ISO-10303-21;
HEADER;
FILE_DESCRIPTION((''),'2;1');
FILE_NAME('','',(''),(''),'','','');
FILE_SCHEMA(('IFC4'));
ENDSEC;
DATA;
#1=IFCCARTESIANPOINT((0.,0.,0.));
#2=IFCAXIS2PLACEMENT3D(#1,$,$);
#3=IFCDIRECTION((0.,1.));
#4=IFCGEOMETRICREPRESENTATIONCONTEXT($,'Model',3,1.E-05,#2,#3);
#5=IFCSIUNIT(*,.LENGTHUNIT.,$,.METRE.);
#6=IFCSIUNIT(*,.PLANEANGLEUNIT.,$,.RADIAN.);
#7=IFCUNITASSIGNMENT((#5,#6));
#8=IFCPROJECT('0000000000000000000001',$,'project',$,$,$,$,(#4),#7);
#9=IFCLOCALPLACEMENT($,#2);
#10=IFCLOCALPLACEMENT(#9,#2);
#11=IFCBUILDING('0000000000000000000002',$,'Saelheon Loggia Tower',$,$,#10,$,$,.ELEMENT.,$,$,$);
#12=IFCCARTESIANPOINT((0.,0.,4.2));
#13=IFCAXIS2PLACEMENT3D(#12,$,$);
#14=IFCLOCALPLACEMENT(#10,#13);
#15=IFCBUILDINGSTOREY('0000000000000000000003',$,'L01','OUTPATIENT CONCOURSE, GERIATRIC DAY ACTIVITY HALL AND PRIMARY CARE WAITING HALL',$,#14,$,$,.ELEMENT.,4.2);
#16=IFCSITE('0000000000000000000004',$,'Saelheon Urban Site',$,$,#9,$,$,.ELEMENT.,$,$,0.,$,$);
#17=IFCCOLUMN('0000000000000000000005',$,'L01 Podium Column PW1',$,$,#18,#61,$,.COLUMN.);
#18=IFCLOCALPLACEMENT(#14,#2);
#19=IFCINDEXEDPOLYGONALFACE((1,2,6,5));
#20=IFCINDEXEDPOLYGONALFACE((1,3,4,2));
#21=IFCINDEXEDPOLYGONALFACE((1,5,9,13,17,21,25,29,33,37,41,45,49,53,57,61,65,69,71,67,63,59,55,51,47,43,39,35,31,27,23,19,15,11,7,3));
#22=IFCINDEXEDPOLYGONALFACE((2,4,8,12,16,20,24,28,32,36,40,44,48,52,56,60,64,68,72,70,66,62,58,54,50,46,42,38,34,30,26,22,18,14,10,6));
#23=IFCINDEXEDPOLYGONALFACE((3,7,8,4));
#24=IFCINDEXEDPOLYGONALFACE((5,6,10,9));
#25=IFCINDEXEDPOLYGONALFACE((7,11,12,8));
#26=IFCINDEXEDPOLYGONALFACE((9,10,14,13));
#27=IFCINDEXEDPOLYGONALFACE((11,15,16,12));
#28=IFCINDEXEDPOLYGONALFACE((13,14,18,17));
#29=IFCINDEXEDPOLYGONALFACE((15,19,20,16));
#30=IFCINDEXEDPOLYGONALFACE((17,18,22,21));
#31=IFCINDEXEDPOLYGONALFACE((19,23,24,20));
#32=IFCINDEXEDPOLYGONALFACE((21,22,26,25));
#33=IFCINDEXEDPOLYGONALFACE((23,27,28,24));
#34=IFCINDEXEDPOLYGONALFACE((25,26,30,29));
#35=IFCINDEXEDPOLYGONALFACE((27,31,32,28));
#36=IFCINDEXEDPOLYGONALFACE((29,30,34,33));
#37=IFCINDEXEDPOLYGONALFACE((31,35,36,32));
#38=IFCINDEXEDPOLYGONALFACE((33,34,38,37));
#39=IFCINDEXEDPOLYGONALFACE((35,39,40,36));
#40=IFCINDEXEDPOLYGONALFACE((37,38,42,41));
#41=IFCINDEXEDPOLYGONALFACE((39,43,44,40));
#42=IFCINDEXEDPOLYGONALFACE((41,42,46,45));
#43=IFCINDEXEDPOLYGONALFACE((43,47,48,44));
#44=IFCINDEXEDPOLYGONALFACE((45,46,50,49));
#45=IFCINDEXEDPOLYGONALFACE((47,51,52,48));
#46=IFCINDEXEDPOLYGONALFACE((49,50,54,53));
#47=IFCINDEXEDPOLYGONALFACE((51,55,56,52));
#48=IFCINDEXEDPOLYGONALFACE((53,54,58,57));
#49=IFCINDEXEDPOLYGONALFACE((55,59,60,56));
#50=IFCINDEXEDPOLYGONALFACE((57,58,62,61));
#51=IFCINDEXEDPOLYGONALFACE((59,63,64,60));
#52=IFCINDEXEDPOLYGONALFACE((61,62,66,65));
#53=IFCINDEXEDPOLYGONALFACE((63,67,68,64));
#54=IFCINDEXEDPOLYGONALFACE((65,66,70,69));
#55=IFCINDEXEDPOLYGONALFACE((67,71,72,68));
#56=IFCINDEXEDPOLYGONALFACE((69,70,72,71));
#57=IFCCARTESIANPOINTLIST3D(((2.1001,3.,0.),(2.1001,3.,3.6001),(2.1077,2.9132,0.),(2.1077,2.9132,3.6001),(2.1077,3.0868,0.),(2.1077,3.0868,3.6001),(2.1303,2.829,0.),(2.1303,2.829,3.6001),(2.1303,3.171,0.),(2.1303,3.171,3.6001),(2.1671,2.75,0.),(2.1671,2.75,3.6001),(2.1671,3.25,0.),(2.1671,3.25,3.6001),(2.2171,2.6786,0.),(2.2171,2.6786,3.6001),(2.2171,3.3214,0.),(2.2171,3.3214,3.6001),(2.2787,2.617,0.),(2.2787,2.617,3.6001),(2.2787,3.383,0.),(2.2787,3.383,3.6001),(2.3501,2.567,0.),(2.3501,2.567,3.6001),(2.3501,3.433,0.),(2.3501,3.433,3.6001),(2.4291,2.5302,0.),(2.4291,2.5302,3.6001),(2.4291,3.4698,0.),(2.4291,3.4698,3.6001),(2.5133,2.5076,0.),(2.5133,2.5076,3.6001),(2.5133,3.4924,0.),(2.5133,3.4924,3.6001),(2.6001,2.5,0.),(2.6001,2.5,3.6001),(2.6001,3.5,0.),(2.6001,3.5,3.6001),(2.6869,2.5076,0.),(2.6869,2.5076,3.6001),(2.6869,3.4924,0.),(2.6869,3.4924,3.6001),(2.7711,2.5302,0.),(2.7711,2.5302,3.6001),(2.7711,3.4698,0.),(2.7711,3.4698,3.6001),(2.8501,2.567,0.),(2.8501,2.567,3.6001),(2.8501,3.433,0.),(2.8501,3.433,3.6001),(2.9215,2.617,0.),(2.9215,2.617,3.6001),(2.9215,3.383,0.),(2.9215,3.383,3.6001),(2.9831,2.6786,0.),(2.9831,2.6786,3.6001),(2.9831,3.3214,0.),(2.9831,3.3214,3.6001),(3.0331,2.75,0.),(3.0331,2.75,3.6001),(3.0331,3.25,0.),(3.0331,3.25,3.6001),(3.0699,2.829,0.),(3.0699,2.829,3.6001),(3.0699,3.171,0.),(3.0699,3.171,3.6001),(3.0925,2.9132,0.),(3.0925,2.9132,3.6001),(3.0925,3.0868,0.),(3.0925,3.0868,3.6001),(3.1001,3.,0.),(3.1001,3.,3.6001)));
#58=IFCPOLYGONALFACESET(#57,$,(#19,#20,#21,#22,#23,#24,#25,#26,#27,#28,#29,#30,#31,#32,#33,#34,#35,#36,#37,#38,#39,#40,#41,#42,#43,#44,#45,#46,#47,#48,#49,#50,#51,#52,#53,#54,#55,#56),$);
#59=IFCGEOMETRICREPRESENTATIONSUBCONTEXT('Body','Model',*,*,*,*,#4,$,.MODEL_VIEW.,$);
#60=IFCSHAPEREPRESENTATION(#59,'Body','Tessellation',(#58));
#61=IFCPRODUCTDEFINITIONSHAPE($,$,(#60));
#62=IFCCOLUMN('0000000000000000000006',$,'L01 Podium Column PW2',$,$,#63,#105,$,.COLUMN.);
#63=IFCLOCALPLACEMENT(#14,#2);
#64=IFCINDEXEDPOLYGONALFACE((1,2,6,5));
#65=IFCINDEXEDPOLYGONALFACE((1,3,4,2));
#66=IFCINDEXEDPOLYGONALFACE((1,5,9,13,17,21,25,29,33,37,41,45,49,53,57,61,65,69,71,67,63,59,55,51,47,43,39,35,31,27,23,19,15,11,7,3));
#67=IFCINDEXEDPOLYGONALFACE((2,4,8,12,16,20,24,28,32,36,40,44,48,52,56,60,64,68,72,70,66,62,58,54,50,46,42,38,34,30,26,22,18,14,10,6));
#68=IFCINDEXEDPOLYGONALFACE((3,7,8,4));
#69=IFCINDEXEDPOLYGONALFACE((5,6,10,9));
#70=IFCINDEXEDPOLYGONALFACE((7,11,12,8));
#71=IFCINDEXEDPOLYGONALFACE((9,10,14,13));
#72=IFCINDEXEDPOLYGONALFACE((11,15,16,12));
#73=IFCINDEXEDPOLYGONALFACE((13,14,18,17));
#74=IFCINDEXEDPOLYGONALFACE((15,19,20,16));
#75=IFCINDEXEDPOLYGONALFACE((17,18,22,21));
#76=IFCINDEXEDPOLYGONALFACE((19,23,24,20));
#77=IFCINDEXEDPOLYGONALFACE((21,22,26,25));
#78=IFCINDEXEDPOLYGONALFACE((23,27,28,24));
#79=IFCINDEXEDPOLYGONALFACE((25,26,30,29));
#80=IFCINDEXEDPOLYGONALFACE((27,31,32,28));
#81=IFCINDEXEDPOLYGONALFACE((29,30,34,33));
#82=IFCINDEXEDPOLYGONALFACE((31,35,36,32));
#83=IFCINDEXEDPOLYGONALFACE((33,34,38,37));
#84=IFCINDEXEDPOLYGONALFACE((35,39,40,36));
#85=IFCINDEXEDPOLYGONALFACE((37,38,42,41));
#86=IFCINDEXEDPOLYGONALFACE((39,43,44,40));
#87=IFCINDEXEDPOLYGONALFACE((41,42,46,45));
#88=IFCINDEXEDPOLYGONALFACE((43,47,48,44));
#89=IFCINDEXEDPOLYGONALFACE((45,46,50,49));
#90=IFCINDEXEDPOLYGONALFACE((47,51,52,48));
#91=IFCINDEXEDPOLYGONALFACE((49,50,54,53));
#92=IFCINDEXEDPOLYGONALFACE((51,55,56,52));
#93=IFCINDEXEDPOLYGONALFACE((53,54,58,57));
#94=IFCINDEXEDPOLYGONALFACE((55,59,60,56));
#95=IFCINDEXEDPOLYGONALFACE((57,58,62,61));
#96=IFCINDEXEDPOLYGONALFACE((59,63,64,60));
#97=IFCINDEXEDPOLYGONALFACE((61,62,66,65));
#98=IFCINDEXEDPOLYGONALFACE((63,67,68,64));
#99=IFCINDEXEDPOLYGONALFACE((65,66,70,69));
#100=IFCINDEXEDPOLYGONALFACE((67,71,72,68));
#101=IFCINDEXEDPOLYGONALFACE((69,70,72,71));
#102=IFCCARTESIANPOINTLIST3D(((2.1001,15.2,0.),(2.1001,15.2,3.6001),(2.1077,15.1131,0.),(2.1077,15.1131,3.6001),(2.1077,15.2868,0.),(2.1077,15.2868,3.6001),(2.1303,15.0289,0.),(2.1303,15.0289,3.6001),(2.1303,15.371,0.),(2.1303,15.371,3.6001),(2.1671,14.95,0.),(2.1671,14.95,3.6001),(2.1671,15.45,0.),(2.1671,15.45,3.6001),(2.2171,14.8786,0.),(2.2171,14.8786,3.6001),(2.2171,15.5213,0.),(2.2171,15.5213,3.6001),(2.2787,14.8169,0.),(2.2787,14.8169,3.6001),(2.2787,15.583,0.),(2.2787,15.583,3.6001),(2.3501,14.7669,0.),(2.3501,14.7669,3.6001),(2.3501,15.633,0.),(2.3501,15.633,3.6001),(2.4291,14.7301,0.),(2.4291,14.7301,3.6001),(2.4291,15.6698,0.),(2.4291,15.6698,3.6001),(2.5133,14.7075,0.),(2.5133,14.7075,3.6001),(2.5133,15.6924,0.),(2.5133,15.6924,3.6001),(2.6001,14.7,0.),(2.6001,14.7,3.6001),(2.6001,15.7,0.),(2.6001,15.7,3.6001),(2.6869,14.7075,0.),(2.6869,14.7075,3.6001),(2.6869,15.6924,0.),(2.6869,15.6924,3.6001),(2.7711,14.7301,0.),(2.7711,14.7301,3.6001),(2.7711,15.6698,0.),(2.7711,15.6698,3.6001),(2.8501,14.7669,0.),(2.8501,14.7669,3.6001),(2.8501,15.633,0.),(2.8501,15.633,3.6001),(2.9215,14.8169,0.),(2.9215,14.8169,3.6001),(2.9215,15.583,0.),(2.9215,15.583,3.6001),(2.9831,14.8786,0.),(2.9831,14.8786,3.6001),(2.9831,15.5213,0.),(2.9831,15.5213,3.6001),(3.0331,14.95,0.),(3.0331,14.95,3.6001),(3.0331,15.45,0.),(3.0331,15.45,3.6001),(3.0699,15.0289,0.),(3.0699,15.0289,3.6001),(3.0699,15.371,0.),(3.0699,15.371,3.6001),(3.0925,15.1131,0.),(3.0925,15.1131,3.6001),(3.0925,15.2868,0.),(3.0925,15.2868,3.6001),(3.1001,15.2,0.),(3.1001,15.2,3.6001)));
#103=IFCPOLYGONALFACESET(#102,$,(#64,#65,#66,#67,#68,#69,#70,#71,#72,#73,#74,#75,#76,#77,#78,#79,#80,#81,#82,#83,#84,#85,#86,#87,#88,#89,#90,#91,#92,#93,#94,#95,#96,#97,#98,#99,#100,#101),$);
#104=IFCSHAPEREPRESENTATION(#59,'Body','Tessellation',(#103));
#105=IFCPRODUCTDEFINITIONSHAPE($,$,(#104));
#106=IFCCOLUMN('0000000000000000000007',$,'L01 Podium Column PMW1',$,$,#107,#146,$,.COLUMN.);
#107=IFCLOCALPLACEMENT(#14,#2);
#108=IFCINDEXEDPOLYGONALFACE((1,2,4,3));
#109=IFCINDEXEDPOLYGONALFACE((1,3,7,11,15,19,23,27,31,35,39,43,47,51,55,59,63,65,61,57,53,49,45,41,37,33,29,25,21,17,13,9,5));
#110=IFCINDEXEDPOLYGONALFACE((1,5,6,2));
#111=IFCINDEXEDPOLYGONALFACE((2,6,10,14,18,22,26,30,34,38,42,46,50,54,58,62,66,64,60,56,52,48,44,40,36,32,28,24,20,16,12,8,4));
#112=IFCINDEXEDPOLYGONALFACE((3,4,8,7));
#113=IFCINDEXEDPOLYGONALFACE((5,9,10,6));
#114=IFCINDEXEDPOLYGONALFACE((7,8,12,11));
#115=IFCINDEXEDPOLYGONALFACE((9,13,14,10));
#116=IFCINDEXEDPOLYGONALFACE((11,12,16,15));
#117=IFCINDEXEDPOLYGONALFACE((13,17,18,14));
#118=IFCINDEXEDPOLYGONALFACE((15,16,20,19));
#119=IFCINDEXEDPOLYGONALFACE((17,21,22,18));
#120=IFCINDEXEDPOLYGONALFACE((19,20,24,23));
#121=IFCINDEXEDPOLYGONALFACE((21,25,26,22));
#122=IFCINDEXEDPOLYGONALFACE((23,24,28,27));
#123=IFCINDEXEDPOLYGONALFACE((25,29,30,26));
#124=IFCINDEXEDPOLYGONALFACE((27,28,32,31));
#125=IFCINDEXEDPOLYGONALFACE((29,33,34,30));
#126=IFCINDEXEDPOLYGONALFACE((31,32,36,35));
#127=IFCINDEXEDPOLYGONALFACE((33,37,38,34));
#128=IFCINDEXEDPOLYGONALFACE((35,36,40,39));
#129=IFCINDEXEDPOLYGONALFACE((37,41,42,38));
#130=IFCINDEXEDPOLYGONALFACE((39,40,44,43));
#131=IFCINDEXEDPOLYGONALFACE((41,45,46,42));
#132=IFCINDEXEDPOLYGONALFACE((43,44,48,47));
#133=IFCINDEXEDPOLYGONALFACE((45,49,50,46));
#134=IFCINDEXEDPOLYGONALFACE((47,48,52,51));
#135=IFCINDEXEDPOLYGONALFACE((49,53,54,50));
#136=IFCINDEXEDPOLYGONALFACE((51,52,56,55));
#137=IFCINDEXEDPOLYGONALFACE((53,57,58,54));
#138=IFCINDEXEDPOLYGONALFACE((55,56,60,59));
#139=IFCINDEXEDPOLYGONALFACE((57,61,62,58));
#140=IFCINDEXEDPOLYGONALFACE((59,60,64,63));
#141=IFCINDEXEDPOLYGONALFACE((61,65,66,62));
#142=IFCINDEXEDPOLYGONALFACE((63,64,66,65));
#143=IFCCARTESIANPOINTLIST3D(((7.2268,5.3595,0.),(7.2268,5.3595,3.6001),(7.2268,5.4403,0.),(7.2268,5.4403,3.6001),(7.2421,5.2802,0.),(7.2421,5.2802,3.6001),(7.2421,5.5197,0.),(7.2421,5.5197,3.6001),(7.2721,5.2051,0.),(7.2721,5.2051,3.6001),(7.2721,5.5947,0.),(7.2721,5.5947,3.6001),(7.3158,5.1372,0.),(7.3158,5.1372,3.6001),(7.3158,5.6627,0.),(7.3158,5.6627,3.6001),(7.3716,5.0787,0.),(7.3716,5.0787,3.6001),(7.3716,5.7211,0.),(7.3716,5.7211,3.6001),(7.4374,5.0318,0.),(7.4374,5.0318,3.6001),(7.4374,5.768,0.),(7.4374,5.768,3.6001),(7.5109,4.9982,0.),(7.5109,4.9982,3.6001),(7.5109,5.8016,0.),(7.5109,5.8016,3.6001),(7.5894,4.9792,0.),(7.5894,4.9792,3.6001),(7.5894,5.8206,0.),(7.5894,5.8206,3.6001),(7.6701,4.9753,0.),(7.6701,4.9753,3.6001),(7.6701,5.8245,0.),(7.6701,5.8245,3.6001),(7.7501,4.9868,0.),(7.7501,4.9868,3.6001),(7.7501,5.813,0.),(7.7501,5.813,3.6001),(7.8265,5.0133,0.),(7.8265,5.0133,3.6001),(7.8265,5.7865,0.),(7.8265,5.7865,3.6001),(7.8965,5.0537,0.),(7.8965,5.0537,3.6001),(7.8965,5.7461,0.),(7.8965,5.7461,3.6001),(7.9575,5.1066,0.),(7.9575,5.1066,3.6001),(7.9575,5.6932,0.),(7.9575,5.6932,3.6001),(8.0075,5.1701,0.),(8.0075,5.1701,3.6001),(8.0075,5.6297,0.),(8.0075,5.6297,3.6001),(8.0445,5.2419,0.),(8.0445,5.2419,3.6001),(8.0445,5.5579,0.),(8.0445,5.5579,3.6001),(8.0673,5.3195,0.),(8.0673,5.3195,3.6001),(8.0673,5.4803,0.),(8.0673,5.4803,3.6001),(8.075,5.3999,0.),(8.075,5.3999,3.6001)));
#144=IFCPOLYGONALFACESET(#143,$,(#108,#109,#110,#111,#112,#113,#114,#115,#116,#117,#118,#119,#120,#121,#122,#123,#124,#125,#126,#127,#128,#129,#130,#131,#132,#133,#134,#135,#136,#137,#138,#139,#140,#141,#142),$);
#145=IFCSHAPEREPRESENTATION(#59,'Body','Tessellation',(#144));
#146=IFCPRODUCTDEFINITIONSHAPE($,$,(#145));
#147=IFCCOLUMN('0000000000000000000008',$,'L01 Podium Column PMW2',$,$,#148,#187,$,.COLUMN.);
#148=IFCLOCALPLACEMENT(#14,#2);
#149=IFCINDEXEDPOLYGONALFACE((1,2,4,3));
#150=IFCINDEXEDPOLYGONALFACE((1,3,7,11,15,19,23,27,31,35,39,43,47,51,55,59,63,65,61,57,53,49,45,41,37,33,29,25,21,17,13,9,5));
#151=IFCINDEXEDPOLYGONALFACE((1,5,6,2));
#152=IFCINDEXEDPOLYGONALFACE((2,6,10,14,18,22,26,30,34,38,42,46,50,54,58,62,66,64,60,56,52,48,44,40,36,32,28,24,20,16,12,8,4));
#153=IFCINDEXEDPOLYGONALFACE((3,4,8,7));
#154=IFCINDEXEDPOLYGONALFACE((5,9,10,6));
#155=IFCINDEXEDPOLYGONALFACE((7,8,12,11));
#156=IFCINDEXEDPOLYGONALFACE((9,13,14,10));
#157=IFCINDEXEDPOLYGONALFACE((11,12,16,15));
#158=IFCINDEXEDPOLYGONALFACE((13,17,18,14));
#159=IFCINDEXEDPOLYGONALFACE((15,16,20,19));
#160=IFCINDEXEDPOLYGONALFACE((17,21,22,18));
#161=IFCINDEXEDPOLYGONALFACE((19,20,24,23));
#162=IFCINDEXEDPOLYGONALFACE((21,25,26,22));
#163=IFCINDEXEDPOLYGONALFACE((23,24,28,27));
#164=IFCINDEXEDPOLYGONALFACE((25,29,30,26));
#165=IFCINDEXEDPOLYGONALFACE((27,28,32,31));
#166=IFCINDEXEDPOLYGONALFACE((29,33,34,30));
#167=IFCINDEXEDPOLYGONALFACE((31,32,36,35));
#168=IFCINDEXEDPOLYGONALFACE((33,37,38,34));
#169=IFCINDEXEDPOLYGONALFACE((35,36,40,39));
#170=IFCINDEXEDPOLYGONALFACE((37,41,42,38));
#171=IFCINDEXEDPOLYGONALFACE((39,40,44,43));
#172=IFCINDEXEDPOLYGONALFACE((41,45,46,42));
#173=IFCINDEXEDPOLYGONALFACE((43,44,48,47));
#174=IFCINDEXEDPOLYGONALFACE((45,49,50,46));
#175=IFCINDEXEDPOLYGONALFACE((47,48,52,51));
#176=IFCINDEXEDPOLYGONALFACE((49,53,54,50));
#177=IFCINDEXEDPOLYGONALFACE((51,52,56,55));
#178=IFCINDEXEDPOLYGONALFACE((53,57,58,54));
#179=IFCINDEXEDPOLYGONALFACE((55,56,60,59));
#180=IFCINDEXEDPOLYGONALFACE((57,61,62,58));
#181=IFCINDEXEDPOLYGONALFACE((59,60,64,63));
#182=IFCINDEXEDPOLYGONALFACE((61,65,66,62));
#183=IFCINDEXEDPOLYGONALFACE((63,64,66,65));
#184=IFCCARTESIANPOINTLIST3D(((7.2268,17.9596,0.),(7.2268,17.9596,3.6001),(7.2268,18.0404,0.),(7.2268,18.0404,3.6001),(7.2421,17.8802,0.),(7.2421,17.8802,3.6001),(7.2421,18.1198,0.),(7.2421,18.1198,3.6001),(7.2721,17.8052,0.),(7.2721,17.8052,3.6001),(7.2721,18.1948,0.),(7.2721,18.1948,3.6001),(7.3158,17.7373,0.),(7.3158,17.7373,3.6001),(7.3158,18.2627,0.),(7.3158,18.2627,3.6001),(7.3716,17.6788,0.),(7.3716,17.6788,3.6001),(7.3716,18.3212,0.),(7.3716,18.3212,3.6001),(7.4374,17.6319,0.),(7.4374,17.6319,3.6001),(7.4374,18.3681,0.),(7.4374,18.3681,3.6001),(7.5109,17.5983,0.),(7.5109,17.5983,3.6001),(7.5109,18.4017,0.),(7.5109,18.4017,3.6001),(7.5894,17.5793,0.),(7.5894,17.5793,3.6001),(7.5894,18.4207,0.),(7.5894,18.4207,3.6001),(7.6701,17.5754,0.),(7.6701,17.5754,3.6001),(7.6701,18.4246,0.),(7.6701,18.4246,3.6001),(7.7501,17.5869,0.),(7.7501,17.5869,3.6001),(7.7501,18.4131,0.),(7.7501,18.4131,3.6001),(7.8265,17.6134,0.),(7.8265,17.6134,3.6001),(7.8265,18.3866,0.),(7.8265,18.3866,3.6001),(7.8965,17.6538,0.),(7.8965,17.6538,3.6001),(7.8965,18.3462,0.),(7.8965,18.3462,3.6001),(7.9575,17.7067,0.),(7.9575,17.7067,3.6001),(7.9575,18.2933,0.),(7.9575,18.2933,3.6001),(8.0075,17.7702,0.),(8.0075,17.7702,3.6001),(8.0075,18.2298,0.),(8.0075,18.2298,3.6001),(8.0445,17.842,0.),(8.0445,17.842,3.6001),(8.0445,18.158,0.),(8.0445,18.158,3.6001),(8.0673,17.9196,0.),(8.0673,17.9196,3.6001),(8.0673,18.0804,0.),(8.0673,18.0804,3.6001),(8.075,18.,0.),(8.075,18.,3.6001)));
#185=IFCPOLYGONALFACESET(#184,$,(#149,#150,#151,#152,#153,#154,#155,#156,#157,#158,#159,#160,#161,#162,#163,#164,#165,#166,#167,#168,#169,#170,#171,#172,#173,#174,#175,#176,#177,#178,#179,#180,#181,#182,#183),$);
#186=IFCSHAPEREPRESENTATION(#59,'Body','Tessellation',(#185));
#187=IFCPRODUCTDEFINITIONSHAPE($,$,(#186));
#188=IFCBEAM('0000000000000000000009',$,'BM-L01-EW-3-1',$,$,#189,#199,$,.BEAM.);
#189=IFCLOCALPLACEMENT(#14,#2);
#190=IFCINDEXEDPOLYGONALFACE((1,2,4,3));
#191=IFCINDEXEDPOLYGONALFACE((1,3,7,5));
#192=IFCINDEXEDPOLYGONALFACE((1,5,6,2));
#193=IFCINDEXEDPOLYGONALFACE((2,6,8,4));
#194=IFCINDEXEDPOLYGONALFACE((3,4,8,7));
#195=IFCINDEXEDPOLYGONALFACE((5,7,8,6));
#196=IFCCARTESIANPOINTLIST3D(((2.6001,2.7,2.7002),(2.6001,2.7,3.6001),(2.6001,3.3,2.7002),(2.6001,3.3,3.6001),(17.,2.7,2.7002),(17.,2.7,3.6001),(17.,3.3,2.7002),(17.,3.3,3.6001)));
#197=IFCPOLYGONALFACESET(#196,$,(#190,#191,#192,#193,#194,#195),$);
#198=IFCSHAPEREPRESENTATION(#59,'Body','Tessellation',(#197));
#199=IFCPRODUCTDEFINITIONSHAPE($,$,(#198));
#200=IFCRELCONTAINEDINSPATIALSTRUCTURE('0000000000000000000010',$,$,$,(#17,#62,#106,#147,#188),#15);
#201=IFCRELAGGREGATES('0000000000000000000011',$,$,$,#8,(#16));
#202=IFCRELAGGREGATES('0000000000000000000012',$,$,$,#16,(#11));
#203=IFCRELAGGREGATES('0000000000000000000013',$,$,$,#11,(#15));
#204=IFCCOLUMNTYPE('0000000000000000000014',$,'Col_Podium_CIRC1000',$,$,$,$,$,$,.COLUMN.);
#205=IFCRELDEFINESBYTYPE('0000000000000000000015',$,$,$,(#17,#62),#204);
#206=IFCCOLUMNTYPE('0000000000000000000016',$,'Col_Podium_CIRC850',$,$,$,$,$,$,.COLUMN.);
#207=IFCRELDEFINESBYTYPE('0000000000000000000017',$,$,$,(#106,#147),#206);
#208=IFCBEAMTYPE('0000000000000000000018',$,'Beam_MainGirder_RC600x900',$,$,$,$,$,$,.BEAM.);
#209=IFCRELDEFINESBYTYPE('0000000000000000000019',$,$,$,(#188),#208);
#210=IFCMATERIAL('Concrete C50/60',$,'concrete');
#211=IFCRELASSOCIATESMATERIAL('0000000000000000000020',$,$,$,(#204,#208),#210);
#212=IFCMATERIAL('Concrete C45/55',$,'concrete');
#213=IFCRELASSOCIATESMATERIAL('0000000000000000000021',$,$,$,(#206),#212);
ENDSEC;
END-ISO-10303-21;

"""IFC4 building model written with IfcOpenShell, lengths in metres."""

from ifc_helpers import new_model, si_unit, direction, frame, origin, origin_2d, place, context, subcontext, project, spatial, rectangle, circle, extrude, source, transform, mapped, material, material_profile, profile_set, type_object, element, save


model = new_model("IFC4")

# Units and contexts
model_context = context("Model", 3, precision=1e-05, world=origin(), true_north=direction((0.0, 1.0)))
body_context = subcontext(model_context, "Body", "Model", "MODEL_VIEW")
ifc_project = project(units=[si_unit("LENGTHUNIT", "METRE"), si_unit("PLANEANGLEUNIT", "RADIAN")], contexts=[model_context])

# Site, building, storey
site_placement = place(None, origin())
site = spatial("IfcSite", under=ifc_project, at=site_placement, Name="Saelheon Urban Site", CompositionType="ELEMENT", RefElevation=0.0)
building_placement = place(site_placement, origin())
building = spatial("IfcBuilding", under=site, at=building_placement, Name="Saelheon Loggia Tower", CompositionType="ELEMENT")
storey_placement = place(building_placement, frame((0.0, 0.0, 4.2)))
storey = spatial("IfcBuildingStorey", under=building, at=storey_placement, Name="L01", Description="OUTPATIENT CONCOURSE, GERIATRIC DAY ACTIVITY HALL AND PRIMARY CARE WAITING HALL", CompositionType="ELEMENT", Elevation=4.2)

# Columns
ifc_material_1 = material(Name="Concrete C50/60", Category="concrete")
ifc_material_profile_1 = material_profile(ifc_material_1, circle(Radius=0.5, at=origin_2d()), Name="CIRC-1000")
ifc_profile_set_1 = profile_set([ifc_material_profile_1], Name="Concrete C50/60")
column_type_1 = type_object("IfcColumnType", Name="Col_Podium_CIRC1000", PredefinedType="COLUMN", material=ifc_profile_set_1)
shared_shape_1 = source(origin(), body_context, "Body", "SweptSolid", [
    extrude(circle(Radius=0.5, at=origin_2d()), origin(), (0.0, 0.0, 1.0), 3.6001),
])
for number, where, z_axis, x_axis, name in (
    (1, (2.6001, 3.0, 0.0), (0.0, 0.0, 1.0), (1.0, 0.0, 0.0), "L01 Podium Column PW1"),
    (2, (2.6001, 15.2, 0.0), (0.0, 0.0, 1.0), (1.0, 0.0, 0.0), "L01 Podium Column PW2"),
):
    element("IfcColumn", number, at=place(storey_placement, frame(where, z_axis=z_axis, x_axis=x_axis)), inside=storey, type_object=column_type_1, Name=name, PredefinedType="COLUMN", context=body_context, shape_type="MappedRepresentation", body=[
        mapped(shared_shape_1, transform((0.0, 0.0, 0.0), scale=1.0)),
    ])
ifc_material_2 = material(Name="Concrete C45/55", Category="concrete")
ifc_material_profile_2 = material_profile(ifc_material_2, circle(Radius=0.425, at=origin_2d()), Name="CIRC-850")
ifc_profile_set_2 = profile_set([ifc_material_profile_2], Name="Concrete C45/55")
column_type_2 = type_object("IfcColumnType", Name="Col_Podium_CIRC850", PredefinedType="COLUMN", material=ifc_profile_set_2)
shared_shape_2 = source(origin(), body_context, "Body", "SweptSolid", [
    extrude(circle(Radius=0.425, at=origin_2d()), origin(), (0.0, 0.0, 1.0), 3.6001),
])
for number, where, z_axis, x_axis, name in (
    (3, (7.6499, 5.3999, 0.0), (0.0, 0.0, 1.0), (1.0, 0.0, 0.0), "L01 Podium Column PMW1"),
    (4, (7.6499, 18.0, 0.0), (0.0, 0.0, 1.0), (1.0, 0.0, 0.0), "L01 Podium Column PMW2"),
):
    element("IfcColumn", number, at=place(storey_placement, frame(where, z_axis=z_axis, x_axis=x_axis)), inside=storey, type_object=column_type_2, Name=name, PredefinedType="COLUMN", context=body_context, shape_type="MappedRepresentation", body=[
        mapped(shared_shape_2, transform((0.0, 0.0, 0.0), scale=1.0)),
    ])

# Beam
ifc_material_profile_3 = material_profile(ifc_material_1, rectangle(XDim=0.6001, YDim=0.8999, at=origin_2d()), Name="RC-600x900")
ifc_profile_set_3 = profile_set([ifc_material_profile_3], Name="Concrete C50/60")
beam_type_1 = type_object("IfcBeamType", Name="Beam_MainGirder_RC600x900", PredefinedType="BEAM", material=ifc_profile_set_3)
shared_shape_3 = source(origin(), body_context, "Body", "SweptSolid", [
    extrude(rectangle(XDim=0.6001, YDim=0.8999, at=origin_2d()), origin(), (0.0, 0.0, 1.0), 14.3999),
])
for number, where, z_axis, x_axis, name in (
    (5, (2.6001, 3.0, 3.1501), (1.0, 0.0, 0.0), (0.0, 1.0, 0.0), "BM-L01-EW-3-1"),
):
    element("IfcBeam", number, at=place(storey_placement, frame(where, z_axis=z_axis, x_axis=x_axis)), inside=storey, type_object=beam_type_1, Name=name, PredefinedType="BEAM", context=body_context, shape_type="MappedRepresentation", body=[
        mapped(shared_shape_3, transform((0.0, 0.0, 0.0), scale=1.0)),
    ])

save(model, "model.ifc")
